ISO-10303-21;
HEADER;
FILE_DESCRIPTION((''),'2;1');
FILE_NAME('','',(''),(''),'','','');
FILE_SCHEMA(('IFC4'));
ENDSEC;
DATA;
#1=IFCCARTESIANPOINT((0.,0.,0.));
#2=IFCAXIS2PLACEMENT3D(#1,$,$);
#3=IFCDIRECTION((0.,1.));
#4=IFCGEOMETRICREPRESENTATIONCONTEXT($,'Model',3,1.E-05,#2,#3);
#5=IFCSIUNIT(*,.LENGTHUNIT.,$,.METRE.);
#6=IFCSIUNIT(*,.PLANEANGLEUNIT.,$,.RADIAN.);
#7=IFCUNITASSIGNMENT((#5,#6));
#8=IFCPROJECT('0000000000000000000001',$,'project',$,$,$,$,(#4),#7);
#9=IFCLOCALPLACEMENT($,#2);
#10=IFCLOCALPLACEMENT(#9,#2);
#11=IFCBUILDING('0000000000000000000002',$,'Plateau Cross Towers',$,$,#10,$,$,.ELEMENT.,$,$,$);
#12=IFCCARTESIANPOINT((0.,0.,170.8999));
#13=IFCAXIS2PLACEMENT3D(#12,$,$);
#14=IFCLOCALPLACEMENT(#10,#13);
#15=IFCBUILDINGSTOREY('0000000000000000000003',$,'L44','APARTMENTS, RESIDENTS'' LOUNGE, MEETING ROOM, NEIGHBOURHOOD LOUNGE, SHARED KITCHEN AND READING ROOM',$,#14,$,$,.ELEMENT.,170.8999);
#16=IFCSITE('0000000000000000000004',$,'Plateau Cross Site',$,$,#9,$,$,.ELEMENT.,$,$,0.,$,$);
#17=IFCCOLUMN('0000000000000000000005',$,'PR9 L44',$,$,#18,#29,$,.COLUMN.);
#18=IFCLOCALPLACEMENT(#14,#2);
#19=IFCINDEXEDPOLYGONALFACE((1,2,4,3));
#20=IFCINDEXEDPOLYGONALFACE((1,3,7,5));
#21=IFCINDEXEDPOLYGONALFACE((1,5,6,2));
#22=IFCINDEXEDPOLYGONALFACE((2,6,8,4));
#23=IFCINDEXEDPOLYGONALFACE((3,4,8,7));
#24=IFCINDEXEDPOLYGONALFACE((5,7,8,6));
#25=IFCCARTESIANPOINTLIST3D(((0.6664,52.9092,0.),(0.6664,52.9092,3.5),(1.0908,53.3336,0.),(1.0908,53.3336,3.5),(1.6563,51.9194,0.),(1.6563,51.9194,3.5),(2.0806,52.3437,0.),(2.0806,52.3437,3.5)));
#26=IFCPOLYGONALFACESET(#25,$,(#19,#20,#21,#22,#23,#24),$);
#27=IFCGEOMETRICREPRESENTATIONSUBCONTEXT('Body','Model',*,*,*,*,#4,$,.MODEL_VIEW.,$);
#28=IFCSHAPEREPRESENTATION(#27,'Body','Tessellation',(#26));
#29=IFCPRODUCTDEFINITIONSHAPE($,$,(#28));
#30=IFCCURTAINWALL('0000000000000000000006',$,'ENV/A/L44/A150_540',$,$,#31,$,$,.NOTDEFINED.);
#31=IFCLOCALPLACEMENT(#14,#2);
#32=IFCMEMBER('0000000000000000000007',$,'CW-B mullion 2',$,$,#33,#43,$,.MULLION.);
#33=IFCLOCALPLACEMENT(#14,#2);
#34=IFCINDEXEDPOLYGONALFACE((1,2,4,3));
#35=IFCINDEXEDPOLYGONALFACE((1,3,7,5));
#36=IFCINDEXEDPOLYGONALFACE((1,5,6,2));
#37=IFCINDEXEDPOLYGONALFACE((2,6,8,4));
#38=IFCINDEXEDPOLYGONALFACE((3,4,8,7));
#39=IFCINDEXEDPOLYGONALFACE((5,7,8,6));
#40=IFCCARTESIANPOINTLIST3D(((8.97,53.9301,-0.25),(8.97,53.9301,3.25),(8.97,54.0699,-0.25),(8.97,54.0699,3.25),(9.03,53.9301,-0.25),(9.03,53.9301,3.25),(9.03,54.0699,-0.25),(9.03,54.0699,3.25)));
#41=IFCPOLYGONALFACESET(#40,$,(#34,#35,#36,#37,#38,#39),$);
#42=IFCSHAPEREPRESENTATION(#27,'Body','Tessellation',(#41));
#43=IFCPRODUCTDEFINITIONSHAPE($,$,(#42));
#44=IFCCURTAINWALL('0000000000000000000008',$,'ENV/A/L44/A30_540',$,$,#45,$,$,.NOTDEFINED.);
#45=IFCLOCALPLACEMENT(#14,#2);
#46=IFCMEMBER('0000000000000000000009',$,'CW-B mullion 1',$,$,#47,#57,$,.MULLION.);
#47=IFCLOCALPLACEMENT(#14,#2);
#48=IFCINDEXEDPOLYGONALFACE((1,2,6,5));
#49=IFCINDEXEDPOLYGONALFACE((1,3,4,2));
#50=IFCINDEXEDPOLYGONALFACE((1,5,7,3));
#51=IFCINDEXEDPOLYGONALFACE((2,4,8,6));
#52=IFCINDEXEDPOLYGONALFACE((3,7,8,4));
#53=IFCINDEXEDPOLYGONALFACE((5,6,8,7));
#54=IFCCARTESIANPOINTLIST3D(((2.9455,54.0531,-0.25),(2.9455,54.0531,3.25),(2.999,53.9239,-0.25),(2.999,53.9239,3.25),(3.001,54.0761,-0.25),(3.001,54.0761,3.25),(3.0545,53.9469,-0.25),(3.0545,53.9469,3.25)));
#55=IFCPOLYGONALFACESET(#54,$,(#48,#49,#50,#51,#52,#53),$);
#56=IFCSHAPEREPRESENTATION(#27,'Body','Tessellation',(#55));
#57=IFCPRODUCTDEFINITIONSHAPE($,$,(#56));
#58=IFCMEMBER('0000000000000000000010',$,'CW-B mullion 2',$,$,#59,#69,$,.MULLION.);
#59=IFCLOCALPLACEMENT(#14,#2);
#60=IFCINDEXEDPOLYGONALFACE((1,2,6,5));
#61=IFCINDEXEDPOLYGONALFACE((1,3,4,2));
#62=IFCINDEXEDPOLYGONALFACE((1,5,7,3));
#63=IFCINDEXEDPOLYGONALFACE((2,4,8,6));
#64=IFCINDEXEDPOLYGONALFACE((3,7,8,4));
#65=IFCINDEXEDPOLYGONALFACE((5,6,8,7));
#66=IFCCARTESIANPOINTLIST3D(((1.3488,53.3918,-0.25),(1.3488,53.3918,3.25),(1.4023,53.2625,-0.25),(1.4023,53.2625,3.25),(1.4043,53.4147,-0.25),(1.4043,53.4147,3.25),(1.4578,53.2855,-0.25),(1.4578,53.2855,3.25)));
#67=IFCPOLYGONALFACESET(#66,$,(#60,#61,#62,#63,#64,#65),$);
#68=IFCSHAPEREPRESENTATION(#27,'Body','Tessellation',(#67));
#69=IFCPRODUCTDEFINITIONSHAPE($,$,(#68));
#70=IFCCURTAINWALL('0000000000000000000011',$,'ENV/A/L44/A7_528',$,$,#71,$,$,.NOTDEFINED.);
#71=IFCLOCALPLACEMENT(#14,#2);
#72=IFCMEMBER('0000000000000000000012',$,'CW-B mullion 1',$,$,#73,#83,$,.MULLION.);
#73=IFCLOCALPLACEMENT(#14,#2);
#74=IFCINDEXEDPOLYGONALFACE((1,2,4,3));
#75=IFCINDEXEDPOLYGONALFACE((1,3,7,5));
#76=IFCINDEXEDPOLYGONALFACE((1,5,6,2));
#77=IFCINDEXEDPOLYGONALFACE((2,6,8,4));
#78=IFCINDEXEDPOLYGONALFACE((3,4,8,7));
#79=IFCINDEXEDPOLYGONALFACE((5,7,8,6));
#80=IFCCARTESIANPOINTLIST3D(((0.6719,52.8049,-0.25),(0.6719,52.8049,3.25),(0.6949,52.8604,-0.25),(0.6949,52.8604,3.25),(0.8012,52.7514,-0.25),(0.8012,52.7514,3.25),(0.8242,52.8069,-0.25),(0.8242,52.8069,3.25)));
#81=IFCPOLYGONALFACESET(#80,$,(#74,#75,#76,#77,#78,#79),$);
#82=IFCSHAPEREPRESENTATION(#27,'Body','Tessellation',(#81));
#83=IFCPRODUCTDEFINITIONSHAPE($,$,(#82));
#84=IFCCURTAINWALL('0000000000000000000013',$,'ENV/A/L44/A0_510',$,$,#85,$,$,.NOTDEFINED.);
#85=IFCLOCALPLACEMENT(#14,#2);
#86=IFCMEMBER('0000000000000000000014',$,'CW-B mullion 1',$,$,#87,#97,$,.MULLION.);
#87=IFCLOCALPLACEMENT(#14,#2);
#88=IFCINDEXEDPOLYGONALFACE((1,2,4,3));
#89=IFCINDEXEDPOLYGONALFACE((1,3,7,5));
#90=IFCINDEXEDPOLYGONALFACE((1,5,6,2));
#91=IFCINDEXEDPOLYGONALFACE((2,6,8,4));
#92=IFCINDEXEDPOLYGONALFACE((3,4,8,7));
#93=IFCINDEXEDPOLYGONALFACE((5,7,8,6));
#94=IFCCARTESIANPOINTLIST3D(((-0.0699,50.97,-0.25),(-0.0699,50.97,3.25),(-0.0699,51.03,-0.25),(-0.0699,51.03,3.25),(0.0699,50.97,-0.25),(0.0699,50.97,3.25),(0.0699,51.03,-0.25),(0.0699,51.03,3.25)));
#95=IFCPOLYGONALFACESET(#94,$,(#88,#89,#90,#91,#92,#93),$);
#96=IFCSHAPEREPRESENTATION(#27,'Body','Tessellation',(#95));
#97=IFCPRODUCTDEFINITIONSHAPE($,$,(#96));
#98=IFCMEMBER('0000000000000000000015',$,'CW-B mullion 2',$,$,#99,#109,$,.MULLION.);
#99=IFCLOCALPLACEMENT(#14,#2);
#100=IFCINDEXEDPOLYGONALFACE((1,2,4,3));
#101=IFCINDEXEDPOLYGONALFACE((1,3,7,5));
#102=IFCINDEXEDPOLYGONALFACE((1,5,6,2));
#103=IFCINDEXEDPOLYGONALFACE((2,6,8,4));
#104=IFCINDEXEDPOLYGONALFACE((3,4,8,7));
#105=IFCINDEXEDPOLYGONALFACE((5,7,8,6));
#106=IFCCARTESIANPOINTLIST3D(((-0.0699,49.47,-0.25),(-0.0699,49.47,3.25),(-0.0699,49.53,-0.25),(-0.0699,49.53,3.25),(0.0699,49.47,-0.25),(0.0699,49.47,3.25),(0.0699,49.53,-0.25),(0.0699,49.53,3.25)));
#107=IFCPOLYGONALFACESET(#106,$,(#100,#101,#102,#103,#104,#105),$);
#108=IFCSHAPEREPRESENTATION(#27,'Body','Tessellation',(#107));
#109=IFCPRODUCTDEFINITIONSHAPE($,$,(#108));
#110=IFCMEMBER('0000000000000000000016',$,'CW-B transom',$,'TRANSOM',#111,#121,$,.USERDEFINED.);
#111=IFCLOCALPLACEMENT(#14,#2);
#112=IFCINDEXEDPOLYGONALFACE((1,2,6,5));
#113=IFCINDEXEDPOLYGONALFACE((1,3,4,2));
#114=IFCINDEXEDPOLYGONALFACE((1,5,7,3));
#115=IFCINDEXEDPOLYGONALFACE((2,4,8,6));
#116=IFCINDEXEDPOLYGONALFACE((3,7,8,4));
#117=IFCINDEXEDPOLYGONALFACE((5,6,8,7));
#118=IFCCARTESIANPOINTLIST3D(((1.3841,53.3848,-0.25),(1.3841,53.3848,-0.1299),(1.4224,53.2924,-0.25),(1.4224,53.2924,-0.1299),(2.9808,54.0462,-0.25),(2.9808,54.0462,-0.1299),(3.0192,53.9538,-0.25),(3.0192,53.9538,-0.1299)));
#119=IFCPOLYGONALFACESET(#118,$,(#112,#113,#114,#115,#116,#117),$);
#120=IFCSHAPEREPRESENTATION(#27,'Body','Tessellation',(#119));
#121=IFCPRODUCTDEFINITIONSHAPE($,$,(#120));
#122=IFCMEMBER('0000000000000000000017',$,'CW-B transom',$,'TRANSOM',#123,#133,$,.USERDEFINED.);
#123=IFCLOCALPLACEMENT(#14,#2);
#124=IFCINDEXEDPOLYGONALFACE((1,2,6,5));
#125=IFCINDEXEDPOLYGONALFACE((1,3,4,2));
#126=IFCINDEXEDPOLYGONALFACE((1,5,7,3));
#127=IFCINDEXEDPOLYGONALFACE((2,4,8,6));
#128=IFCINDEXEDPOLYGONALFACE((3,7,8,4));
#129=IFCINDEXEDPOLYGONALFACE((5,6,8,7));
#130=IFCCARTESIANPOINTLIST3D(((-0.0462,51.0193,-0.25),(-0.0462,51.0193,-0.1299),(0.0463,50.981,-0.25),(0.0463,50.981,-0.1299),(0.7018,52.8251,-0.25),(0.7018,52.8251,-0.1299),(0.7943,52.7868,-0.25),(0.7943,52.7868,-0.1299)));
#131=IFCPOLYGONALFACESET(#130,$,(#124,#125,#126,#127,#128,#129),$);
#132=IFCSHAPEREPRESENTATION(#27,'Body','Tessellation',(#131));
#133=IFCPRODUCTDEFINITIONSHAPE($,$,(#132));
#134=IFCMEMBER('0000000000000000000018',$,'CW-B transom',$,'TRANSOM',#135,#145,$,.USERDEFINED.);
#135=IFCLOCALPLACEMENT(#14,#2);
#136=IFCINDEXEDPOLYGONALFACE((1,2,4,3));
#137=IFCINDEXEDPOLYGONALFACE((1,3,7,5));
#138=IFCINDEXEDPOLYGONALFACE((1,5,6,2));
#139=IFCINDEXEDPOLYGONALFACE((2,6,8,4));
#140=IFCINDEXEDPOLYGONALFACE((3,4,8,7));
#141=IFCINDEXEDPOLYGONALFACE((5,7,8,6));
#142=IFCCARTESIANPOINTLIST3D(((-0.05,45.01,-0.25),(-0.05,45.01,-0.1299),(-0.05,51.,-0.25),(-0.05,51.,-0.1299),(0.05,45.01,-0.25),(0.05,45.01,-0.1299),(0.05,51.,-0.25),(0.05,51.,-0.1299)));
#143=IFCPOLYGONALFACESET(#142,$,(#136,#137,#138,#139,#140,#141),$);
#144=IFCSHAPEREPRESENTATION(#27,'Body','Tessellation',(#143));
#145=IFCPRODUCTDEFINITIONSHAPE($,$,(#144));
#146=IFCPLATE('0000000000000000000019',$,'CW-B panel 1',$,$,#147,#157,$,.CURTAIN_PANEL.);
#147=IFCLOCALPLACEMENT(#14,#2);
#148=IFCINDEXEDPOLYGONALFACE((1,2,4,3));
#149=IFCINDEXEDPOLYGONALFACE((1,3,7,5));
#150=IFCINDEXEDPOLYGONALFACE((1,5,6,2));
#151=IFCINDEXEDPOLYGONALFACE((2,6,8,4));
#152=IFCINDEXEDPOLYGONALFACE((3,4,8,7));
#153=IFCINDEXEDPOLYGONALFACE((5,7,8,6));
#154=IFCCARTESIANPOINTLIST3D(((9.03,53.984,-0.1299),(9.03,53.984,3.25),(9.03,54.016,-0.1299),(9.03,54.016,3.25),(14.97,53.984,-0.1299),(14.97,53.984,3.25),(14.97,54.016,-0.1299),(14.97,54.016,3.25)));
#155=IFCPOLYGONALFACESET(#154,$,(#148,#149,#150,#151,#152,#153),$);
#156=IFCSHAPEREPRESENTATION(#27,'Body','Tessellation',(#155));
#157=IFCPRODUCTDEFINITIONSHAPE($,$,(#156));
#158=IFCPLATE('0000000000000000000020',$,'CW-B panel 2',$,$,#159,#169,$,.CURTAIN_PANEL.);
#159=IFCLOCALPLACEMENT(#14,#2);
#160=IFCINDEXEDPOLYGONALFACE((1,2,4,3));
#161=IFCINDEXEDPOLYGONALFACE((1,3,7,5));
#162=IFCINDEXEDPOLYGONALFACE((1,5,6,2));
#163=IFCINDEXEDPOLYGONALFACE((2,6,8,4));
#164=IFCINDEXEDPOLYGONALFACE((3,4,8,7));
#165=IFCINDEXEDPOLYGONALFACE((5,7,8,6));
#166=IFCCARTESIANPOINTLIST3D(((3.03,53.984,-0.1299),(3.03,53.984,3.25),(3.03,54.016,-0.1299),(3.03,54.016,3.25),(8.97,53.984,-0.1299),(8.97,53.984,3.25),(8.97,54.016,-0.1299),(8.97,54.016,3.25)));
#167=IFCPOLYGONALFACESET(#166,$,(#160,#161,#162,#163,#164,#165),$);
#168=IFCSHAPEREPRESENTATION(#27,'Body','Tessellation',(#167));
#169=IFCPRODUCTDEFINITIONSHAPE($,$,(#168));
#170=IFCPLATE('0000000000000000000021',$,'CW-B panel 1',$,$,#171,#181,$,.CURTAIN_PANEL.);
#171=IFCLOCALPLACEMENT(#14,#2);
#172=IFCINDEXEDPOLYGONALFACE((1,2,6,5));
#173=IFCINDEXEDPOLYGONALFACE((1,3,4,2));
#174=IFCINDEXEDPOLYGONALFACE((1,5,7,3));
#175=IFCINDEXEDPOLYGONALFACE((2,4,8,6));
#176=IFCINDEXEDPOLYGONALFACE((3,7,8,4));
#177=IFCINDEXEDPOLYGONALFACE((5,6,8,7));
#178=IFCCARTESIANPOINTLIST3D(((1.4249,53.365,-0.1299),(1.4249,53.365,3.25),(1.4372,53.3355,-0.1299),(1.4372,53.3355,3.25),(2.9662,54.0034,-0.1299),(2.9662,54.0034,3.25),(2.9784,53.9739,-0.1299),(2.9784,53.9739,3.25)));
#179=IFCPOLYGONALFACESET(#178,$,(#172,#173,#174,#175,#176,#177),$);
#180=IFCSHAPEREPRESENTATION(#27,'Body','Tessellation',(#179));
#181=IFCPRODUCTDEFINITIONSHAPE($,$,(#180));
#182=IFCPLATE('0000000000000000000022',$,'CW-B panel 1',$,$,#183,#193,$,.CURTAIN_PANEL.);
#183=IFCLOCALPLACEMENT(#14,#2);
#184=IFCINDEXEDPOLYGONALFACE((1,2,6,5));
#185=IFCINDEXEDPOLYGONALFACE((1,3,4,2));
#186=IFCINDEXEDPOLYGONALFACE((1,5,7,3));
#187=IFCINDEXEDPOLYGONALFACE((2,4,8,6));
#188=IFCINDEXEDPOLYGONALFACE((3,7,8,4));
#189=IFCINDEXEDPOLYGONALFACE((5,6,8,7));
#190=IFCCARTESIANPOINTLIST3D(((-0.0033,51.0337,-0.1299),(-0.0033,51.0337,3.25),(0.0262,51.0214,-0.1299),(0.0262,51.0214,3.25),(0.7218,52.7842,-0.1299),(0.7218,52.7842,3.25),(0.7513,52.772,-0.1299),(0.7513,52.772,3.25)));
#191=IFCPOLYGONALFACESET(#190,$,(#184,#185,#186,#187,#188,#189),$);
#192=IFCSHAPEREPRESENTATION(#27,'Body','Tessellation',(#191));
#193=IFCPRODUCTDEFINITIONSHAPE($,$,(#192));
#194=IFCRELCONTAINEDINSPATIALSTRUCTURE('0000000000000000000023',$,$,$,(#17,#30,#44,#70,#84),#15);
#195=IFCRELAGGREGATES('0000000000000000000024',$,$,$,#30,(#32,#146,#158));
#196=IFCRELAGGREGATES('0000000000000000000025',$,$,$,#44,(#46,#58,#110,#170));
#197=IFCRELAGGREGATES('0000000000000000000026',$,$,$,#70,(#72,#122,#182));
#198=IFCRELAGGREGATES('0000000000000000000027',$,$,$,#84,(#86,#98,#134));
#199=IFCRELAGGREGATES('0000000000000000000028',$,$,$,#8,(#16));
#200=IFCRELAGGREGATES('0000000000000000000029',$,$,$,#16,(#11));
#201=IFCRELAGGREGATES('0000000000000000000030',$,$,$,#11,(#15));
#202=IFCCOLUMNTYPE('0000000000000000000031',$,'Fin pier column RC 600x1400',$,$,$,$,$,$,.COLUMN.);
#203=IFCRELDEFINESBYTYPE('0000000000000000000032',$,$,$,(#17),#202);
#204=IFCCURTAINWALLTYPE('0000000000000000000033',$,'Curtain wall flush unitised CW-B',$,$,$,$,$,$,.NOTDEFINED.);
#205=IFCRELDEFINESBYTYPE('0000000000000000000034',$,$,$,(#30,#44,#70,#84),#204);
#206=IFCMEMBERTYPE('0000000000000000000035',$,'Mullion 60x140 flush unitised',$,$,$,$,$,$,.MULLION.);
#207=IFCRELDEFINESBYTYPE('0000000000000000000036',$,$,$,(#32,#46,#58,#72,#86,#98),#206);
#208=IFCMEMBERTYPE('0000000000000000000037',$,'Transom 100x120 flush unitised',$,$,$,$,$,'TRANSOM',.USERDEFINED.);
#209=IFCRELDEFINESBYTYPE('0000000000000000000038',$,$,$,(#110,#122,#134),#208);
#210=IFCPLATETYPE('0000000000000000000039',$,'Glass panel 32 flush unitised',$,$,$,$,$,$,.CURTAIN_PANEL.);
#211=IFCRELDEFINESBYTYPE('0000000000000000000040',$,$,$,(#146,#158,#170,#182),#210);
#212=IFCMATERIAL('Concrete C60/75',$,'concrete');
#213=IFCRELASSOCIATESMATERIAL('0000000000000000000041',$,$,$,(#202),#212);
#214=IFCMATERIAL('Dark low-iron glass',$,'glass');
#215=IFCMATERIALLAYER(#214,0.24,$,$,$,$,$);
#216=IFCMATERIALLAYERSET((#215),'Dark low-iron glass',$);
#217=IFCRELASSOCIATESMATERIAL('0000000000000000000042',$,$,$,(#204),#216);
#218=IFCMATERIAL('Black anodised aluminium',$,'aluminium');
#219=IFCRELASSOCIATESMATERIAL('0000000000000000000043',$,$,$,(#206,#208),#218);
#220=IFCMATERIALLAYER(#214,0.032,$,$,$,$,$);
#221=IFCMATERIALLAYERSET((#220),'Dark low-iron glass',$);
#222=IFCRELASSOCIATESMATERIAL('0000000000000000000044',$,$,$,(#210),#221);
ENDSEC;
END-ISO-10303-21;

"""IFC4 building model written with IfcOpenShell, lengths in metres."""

from ifc_helpers import new_model, si_unit, direction, frame, origin, origin_2d, place, context, subcontext, project, spatial, rectangle, extrude, material, layer, layer_set, material_profile, profile_set, type_object, element, aggregate, save


model = new_model("IFC4")

# Units and contexts
model_context = context("Model", 3, precision=1e-05, world=origin(), true_north=direction((0.0, 1.0)))
body_context = subcontext(model_context, "Body", "Model", "MODEL_VIEW")
ifc_project = project(units=[si_unit("LENGTHUNIT", "METRE"), si_unit("PLANEANGLEUNIT", "RADIAN")], contexts=[model_context])

# Site, building, storey
site_placement = place(None, origin())
site = spatial("IfcSite", under=ifc_project, at=site_placement, Name="Plateau Cross Site", CompositionType="ELEMENT", RefElevation=0.0)
building_placement = place(site_placement, origin())
building = spatial("IfcBuilding", under=site, at=building_placement, Name="Plateau Cross Towers", CompositionType="ELEMENT")
storey_placement = place(building_placement, frame((0.0, 0.0, 170.8999)))
storey = spatial("IfcBuildingStorey", under=building, at=storey_placement, Name="L44", Description="APARTMENTS, RESIDENTS' LOUNGE, MEETING ROOM, NEIGHBOURHOOD LOUNGE, SHARED KITCHEN AND READING ROOM", CompositionType="ELEMENT", Elevation=170.8999)

# Column
ifc_material_1 = material(Name="Concrete C60/75", Category="concrete")
ifc_material_profile_1 = material_profile(ifc_material_1, rectangle(XDim=0.6001, YDim=1.3999, at=origin_2d()), Name="RC 600x1400")
ifc_profile_set_1 = profile_set([ifc_material_profile_1], Name="Concrete C60/75")
column_type = type_object("IfcColumnType", Name="Fin pier column RC 600x1400", PredefinedType="COLUMN", material=ifc_profile_set_1)
column_placement = place(storey_placement, frame((1.3735, 52.6265, 0.0), z_axis=(0.0, 0.0, 1.0), x_axis=(0.707107, 0.707107, 0.0)))
element("IfcColumn", 1, at=column_placement, inside=storey, type_object=column_type, Name="PR9 L44", PredefinedType="COLUMN", context=body_context, shape_type="SweptSolid", body=[
    extrude(rectangle(XDim=0.6001, YDim=1.3999, at=origin_2d()), origin(), (0.0, 0.0, 1.0), 3.5),
])

# Curtain wall, member
ifc_material_2 = material(Name="Dark low-iron glass", Category="glass")
ifc_layer_1 = layer(ifc_material_2, 0.24)
ifc_layer_set_1 = layer_set([ifc_layer_1], Name="Dark low-iron glass")
curtain_wall_type = type_object("IfcCurtainWallType", Name="Curtain wall flush unitised CW-B", PredefinedType="NOTDEFINED", material=ifc_layer_set_1)
curtain_wall_1_placement = place(storey_placement, origin())
curtain_wall_1 = element("IfcCurtainWall", 2, at=curtain_wall_1_placement, inside=storey, type_object=curtain_wall_type, Name="ENV/A/L44/A150_540", PredefinedType="NOTDEFINED")
ifc_material_3 = material(Name="Black anodised aluminium", Category="aluminium")
ifc_material_profile_2 = material_profile(ifc_material_3, rectangle(XDim=0.0601, YDim=0.1399, at=origin_2d()), Name="MULLION 60x140")
ifc_profile_set_2 = profile_set([ifc_material_profile_2], Name="Black anodised aluminium")
member_type_1 = type_object("IfcMemberType", Name="Mullion 60x140 flush unitised", PredefinedType="MULLION", material=ifc_profile_set_2)
member_1_placement = place(storey_placement, frame((9.0, 54.0, -0.25), z_axis=(0.0, 0.0, 1.0), x_axis=(-1.0, 0.0, 0.0)))
member_1 = element("IfcMember", 3, at=member_1_placement, type_object=member_type_1, Name="CW-B mullion 2", PredefinedType="MULLION", context=body_context, shape_type="SweptSolid", body=[
    extrude(rectangle(XDim=0.0601, YDim=0.1399, at=origin_2d()), origin(), (0.0, 0.0, 1.0), 3.5),
])

# Curtain wall, members
curtain_wall_2_placement = place(storey_placement, origin())
curtain_wall_2 = element("IfcCurtainWall", 4, at=curtain_wall_2_placement, inside=storey, type_object=curtain_wall_type, Name="ENV/A/L44/A30_540", PredefinedType="NOTDEFINED")
member_2_placement = place(storey_placement, frame((3.0, 54.0, -0.25), z_axis=(0.0, 0.0, 1.0), x_axis=(-0.923879, -0.382684, 0.0)))
member_2 = element("IfcMember", 5, at=member_2_placement, type_object=member_type_1, Name="CW-B mullion 1", PredefinedType="MULLION", context=body_context, shape_type="SweptSolid", body=[
    extrude(rectangle(XDim=0.0601, YDim=0.1399, at=origin_2d()), origin(), (0.0, 0.0, 1.0), 3.5),
])
member_3_placement = place(storey_placement, frame((1.4033, 53.3386, -0.25), z_axis=(0.0, 0.0, 1.0), x_axis=(-0.923879, -0.382684, 0.0)))
member_3 = element("IfcMember", 6, at=member_3_placement, type_object=member_type_1, Name="CW-B mullion 2", PredefinedType="MULLION", context=body_context, shape_type="SweptSolid", body=[
    extrude(rectangle(XDim=0.0601, YDim=0.1399, at=origin_2d()), origin(), (0.0, 0.0, 1.0), 3.5),
])

# Curtain wall, member
curtain_wall_3_placement = place(storey_placement, origin())
curtain_wall_3 = element("IfcCurtainWall", 7, at=curtain_wall_3_placement, inside=storey, type_object=curtain_wall_type, Name="ENV/A/L44/A7_528", PredefinedType="NOTDEFINED")
member_4_placement = place(storey_placement, frame((0.748, 52.8059, -0.25), z_axis=(0.0, 0.0, 1.0), x_axis=(-0.382684, -0.923879, 0.0)))
member_4 = element("IfcMember", 8, at=member_4_placement, type_object=member_type_1, Name="CW-B mullion 1", PredefinedType="MULLION", context=body_context, shape_type="SweptSolid", body=[
    extrude(rectangle(XDim=0.0601, YDim=0.1399, at=origin_2d()), origin(), (0.0, 0.0, 1.0), 3.5),
])

# Curtain wall, members
curtain_wall_4_placement = place(storey_placement, origin())
curtain_wall_4 = element("IfcCurtainWall", 9, at=curtain_wall_4_placement, inside=storey, type_object=curtain_wall_type, Name="ENV/A/L44/A0_510", PredefinedType="NOTDEFINED")
member_5_placement = place(storey_placement, frame((0.0, 51.0, -0.25), z_axis=(0.0, 0.0, 1.0), x_axis=(0.0, -1.0, 0.0)))
member_5 = element("IfcMember", 10, at=member_5_placement, type_object=member_type_1, Name="CW-B mullion 1", PredefinedType="MULLION", context=body_context, shape_type="SweptSolid", body=[
    extrude(rectangle(XDim=0.0601, YDim=0.1399, at=origin_2d()), origin(), (0.0, 0.0, 1.0), 3.5),
])
member_6_placement = place(storey_placement, frame((0.0, 49.5, -0.25), z_axis=(0.0, 0.0, 1.0), x_axis=(0.0, -1.0, 0.0)))
member_6 = element("IfcMember", 11, at=member_6_placement, type_object=member_type_1, Name="CW-B mullion 2", PredefinedType="MULLION", context=body_context, shape_type="SweptSolid", body=[
    extrude(rectangle(XDim=0.0601, YDim=0.1399, at=origin_2d()), origin(), (0.0, 0.0, 1.0), 3.5),
])

# Members
ifc_material_profile_3 = material_profile(ifc_material_3, rectangle(XDim=0.1001, YDim=0.1201, at=origin_2d()), Name="TRANSOM 100x120")
ifc_profile_set_3 = profile_set([ifc_material_profile_3], Name="Black anodised aluminium")
member_type_2 = type_object("IfcMemberType", Name="Transom 100x120 flush unitised", ElementType="TRANSOM", PredefinedType="USERDEFINED", material=ifc_profile_set_3)
member_7_placement = place(storey_placement, frame((3.0, 54.0, -0.1899), z_axis=(-0.923877, -0.382689, 0.0), x_axis=(0.382689, -0.923877, 0.0)))
member_7 = element("IfcMember", 12, at=member_7_placement, type_object=member_type_2, Name="CW-B transom", ObjectType="TRANSOM", PredefinedType="USERDEFINED", context=body_context, shape_type="SweptSolid", body=[
    extrude(rectangle(XDim=0.1001, YDim=0.1201, at=origin_2d()), origin(), (0.0, 0.0, 1.0), 1.7283),
])
member_8_placement = place(storey_placement, frame((0.748, 52.8059, -0.1899), z_axis=(-0.38269, -0.923877, 0.0), x_axis=(0.923877, -0.38269, 0.0)))
member_8 = element("IfcMember", 13, at=member_8_placement, type_object=member_type_2, Name="CW-B transom", ObjectType="TRANSOM", PredefinedType="USERDEFINED", context=body_context, shape_type="SweptSolid", body=[
    extrude(rectangle(XDim=0.1001, YDim=0.1201, at=origin_2d()), origin(), (0.0, 0.0, 1.0), 1.9546),
])
member_9_placement = place(storey_placement, frame((0.0, 51.0, -0.1899), z_axis=(0.0, -1.0, 0.0), x_axis=(1.0, 0.0, 0.0)))
member_9 = element("IfcMember", 14, at=member_9_placement, type_object=member_type_2, Name="CW-B transom", ObjectType="TRANSOM", PredefinedType="USERDEFINED", context=body_context, shape_type="SweptSolid", body=[
    extrude(rectangle(XDim=0.1001, YDim=0.1201, at=origin_2d()), origin(), (0.0, 0.0, 1.0), 5.99),
])

# Plates
ifc_layer_2 = layer(ifc_material_2, 0.032)
ifc_layer_set_2 = layer_set([ifc_layer_2], Name="Dark low-iron glass")
plate_type = type_object("IfcPlateType", Name="Glass panel 32 flush unitised", PredefinedType="CURTAIN_PANEL", material=ifc_layer_set_2)
plate_1_placement = place(storey_placement, frame((12.0, 54.0, -0.1299), z_axis=(0.0, 0.0, 1.0), x_axis=(-1.0, 0.0, 0.0)))
plate_1 = element("IfcPlate", 15, at=plate_1_placement, type_object=plate_type, Name="CW-B panel 1", PredefinedType="CURTAIN_PANEL", context=body_context, shape_type="SweptSolid", body=[
    extrude(rectangle(XDim=5.9399, YDim=0.032, at=origin_2d()), origin(), (0.0, 0.0, 1.0), 3.3799),
])
plate_2_placement = place(storey_placement, frame((6.0, 54.0, -0.1299), z_axis=(0.0, 0.0, 1.0), x_axis=(-1.0, 0.0, 0.0)))
plate_2 = element("IfcPlate", 16, at=plate_2_placement, type_object=plate_type, Name="CW-B panel 2", PredefinedType="CURTAIN_PANEL", context=body_context, shape_type="SweptSolid", body=[
    extrude(rectangle(XDim=5.9399, YDim=0.032, at=origin_2d()), origin(), (0.0, 0.0, 1.0), 3.3799),
])
aggregate(curtain_wall_1, [member_1, plate_1, plate_2])
plate_3_placement = place(storey_placement, frame((2.2017, 53.6694, -0.1299), z_axis=(0.0, 0.0, 1.0), x_axis=(-0.923879, -0.382684, 0.0)))
plate_3 = element("IfcPlate", 17, at=plate_3_placement, type_object=plate_type, Name="CW-B panel 1", PredefinedType="CURTAIN_PANEL", context=body_context, shape_type="SweptSolid", body=[
    extrude(rectangle(XDim=1.6682, YDim=0.032, at=origin_2d()), origin(), (0.0, 0.0, 1.0), 3.3799),
])
aggregate(curtain_wall_2, [member_2, member_3, member_7, plate_3])
plate_4_placement = place(storey_placement, frame((0.374, 51.9028, -0.1299), z_axis=(0.0, 0.0, 1.0), x_axis=(-0.382684, -0.923879, 0.0)))
plate_4 = element("IfcPlate", 18, at=plate_4_placement, type_object=plate_type, Name="CW-B panel 1", PredefinedType="CURTAIN_PANEL", context=body_context, shape_type="SweptSolid", body=[
    extrude(rectangle(XDim=1.8948, YDim=0.032, at=origin_2d()), origin(), (0.0, 0.0, 1.0), 3.3799),
])
aggregate(curtain_wall_3, [member_4, member_8, plate_4])
aggregate(curtain_wall_4, [member_5, member_6, member_9])

save(model, "model.ifc")
